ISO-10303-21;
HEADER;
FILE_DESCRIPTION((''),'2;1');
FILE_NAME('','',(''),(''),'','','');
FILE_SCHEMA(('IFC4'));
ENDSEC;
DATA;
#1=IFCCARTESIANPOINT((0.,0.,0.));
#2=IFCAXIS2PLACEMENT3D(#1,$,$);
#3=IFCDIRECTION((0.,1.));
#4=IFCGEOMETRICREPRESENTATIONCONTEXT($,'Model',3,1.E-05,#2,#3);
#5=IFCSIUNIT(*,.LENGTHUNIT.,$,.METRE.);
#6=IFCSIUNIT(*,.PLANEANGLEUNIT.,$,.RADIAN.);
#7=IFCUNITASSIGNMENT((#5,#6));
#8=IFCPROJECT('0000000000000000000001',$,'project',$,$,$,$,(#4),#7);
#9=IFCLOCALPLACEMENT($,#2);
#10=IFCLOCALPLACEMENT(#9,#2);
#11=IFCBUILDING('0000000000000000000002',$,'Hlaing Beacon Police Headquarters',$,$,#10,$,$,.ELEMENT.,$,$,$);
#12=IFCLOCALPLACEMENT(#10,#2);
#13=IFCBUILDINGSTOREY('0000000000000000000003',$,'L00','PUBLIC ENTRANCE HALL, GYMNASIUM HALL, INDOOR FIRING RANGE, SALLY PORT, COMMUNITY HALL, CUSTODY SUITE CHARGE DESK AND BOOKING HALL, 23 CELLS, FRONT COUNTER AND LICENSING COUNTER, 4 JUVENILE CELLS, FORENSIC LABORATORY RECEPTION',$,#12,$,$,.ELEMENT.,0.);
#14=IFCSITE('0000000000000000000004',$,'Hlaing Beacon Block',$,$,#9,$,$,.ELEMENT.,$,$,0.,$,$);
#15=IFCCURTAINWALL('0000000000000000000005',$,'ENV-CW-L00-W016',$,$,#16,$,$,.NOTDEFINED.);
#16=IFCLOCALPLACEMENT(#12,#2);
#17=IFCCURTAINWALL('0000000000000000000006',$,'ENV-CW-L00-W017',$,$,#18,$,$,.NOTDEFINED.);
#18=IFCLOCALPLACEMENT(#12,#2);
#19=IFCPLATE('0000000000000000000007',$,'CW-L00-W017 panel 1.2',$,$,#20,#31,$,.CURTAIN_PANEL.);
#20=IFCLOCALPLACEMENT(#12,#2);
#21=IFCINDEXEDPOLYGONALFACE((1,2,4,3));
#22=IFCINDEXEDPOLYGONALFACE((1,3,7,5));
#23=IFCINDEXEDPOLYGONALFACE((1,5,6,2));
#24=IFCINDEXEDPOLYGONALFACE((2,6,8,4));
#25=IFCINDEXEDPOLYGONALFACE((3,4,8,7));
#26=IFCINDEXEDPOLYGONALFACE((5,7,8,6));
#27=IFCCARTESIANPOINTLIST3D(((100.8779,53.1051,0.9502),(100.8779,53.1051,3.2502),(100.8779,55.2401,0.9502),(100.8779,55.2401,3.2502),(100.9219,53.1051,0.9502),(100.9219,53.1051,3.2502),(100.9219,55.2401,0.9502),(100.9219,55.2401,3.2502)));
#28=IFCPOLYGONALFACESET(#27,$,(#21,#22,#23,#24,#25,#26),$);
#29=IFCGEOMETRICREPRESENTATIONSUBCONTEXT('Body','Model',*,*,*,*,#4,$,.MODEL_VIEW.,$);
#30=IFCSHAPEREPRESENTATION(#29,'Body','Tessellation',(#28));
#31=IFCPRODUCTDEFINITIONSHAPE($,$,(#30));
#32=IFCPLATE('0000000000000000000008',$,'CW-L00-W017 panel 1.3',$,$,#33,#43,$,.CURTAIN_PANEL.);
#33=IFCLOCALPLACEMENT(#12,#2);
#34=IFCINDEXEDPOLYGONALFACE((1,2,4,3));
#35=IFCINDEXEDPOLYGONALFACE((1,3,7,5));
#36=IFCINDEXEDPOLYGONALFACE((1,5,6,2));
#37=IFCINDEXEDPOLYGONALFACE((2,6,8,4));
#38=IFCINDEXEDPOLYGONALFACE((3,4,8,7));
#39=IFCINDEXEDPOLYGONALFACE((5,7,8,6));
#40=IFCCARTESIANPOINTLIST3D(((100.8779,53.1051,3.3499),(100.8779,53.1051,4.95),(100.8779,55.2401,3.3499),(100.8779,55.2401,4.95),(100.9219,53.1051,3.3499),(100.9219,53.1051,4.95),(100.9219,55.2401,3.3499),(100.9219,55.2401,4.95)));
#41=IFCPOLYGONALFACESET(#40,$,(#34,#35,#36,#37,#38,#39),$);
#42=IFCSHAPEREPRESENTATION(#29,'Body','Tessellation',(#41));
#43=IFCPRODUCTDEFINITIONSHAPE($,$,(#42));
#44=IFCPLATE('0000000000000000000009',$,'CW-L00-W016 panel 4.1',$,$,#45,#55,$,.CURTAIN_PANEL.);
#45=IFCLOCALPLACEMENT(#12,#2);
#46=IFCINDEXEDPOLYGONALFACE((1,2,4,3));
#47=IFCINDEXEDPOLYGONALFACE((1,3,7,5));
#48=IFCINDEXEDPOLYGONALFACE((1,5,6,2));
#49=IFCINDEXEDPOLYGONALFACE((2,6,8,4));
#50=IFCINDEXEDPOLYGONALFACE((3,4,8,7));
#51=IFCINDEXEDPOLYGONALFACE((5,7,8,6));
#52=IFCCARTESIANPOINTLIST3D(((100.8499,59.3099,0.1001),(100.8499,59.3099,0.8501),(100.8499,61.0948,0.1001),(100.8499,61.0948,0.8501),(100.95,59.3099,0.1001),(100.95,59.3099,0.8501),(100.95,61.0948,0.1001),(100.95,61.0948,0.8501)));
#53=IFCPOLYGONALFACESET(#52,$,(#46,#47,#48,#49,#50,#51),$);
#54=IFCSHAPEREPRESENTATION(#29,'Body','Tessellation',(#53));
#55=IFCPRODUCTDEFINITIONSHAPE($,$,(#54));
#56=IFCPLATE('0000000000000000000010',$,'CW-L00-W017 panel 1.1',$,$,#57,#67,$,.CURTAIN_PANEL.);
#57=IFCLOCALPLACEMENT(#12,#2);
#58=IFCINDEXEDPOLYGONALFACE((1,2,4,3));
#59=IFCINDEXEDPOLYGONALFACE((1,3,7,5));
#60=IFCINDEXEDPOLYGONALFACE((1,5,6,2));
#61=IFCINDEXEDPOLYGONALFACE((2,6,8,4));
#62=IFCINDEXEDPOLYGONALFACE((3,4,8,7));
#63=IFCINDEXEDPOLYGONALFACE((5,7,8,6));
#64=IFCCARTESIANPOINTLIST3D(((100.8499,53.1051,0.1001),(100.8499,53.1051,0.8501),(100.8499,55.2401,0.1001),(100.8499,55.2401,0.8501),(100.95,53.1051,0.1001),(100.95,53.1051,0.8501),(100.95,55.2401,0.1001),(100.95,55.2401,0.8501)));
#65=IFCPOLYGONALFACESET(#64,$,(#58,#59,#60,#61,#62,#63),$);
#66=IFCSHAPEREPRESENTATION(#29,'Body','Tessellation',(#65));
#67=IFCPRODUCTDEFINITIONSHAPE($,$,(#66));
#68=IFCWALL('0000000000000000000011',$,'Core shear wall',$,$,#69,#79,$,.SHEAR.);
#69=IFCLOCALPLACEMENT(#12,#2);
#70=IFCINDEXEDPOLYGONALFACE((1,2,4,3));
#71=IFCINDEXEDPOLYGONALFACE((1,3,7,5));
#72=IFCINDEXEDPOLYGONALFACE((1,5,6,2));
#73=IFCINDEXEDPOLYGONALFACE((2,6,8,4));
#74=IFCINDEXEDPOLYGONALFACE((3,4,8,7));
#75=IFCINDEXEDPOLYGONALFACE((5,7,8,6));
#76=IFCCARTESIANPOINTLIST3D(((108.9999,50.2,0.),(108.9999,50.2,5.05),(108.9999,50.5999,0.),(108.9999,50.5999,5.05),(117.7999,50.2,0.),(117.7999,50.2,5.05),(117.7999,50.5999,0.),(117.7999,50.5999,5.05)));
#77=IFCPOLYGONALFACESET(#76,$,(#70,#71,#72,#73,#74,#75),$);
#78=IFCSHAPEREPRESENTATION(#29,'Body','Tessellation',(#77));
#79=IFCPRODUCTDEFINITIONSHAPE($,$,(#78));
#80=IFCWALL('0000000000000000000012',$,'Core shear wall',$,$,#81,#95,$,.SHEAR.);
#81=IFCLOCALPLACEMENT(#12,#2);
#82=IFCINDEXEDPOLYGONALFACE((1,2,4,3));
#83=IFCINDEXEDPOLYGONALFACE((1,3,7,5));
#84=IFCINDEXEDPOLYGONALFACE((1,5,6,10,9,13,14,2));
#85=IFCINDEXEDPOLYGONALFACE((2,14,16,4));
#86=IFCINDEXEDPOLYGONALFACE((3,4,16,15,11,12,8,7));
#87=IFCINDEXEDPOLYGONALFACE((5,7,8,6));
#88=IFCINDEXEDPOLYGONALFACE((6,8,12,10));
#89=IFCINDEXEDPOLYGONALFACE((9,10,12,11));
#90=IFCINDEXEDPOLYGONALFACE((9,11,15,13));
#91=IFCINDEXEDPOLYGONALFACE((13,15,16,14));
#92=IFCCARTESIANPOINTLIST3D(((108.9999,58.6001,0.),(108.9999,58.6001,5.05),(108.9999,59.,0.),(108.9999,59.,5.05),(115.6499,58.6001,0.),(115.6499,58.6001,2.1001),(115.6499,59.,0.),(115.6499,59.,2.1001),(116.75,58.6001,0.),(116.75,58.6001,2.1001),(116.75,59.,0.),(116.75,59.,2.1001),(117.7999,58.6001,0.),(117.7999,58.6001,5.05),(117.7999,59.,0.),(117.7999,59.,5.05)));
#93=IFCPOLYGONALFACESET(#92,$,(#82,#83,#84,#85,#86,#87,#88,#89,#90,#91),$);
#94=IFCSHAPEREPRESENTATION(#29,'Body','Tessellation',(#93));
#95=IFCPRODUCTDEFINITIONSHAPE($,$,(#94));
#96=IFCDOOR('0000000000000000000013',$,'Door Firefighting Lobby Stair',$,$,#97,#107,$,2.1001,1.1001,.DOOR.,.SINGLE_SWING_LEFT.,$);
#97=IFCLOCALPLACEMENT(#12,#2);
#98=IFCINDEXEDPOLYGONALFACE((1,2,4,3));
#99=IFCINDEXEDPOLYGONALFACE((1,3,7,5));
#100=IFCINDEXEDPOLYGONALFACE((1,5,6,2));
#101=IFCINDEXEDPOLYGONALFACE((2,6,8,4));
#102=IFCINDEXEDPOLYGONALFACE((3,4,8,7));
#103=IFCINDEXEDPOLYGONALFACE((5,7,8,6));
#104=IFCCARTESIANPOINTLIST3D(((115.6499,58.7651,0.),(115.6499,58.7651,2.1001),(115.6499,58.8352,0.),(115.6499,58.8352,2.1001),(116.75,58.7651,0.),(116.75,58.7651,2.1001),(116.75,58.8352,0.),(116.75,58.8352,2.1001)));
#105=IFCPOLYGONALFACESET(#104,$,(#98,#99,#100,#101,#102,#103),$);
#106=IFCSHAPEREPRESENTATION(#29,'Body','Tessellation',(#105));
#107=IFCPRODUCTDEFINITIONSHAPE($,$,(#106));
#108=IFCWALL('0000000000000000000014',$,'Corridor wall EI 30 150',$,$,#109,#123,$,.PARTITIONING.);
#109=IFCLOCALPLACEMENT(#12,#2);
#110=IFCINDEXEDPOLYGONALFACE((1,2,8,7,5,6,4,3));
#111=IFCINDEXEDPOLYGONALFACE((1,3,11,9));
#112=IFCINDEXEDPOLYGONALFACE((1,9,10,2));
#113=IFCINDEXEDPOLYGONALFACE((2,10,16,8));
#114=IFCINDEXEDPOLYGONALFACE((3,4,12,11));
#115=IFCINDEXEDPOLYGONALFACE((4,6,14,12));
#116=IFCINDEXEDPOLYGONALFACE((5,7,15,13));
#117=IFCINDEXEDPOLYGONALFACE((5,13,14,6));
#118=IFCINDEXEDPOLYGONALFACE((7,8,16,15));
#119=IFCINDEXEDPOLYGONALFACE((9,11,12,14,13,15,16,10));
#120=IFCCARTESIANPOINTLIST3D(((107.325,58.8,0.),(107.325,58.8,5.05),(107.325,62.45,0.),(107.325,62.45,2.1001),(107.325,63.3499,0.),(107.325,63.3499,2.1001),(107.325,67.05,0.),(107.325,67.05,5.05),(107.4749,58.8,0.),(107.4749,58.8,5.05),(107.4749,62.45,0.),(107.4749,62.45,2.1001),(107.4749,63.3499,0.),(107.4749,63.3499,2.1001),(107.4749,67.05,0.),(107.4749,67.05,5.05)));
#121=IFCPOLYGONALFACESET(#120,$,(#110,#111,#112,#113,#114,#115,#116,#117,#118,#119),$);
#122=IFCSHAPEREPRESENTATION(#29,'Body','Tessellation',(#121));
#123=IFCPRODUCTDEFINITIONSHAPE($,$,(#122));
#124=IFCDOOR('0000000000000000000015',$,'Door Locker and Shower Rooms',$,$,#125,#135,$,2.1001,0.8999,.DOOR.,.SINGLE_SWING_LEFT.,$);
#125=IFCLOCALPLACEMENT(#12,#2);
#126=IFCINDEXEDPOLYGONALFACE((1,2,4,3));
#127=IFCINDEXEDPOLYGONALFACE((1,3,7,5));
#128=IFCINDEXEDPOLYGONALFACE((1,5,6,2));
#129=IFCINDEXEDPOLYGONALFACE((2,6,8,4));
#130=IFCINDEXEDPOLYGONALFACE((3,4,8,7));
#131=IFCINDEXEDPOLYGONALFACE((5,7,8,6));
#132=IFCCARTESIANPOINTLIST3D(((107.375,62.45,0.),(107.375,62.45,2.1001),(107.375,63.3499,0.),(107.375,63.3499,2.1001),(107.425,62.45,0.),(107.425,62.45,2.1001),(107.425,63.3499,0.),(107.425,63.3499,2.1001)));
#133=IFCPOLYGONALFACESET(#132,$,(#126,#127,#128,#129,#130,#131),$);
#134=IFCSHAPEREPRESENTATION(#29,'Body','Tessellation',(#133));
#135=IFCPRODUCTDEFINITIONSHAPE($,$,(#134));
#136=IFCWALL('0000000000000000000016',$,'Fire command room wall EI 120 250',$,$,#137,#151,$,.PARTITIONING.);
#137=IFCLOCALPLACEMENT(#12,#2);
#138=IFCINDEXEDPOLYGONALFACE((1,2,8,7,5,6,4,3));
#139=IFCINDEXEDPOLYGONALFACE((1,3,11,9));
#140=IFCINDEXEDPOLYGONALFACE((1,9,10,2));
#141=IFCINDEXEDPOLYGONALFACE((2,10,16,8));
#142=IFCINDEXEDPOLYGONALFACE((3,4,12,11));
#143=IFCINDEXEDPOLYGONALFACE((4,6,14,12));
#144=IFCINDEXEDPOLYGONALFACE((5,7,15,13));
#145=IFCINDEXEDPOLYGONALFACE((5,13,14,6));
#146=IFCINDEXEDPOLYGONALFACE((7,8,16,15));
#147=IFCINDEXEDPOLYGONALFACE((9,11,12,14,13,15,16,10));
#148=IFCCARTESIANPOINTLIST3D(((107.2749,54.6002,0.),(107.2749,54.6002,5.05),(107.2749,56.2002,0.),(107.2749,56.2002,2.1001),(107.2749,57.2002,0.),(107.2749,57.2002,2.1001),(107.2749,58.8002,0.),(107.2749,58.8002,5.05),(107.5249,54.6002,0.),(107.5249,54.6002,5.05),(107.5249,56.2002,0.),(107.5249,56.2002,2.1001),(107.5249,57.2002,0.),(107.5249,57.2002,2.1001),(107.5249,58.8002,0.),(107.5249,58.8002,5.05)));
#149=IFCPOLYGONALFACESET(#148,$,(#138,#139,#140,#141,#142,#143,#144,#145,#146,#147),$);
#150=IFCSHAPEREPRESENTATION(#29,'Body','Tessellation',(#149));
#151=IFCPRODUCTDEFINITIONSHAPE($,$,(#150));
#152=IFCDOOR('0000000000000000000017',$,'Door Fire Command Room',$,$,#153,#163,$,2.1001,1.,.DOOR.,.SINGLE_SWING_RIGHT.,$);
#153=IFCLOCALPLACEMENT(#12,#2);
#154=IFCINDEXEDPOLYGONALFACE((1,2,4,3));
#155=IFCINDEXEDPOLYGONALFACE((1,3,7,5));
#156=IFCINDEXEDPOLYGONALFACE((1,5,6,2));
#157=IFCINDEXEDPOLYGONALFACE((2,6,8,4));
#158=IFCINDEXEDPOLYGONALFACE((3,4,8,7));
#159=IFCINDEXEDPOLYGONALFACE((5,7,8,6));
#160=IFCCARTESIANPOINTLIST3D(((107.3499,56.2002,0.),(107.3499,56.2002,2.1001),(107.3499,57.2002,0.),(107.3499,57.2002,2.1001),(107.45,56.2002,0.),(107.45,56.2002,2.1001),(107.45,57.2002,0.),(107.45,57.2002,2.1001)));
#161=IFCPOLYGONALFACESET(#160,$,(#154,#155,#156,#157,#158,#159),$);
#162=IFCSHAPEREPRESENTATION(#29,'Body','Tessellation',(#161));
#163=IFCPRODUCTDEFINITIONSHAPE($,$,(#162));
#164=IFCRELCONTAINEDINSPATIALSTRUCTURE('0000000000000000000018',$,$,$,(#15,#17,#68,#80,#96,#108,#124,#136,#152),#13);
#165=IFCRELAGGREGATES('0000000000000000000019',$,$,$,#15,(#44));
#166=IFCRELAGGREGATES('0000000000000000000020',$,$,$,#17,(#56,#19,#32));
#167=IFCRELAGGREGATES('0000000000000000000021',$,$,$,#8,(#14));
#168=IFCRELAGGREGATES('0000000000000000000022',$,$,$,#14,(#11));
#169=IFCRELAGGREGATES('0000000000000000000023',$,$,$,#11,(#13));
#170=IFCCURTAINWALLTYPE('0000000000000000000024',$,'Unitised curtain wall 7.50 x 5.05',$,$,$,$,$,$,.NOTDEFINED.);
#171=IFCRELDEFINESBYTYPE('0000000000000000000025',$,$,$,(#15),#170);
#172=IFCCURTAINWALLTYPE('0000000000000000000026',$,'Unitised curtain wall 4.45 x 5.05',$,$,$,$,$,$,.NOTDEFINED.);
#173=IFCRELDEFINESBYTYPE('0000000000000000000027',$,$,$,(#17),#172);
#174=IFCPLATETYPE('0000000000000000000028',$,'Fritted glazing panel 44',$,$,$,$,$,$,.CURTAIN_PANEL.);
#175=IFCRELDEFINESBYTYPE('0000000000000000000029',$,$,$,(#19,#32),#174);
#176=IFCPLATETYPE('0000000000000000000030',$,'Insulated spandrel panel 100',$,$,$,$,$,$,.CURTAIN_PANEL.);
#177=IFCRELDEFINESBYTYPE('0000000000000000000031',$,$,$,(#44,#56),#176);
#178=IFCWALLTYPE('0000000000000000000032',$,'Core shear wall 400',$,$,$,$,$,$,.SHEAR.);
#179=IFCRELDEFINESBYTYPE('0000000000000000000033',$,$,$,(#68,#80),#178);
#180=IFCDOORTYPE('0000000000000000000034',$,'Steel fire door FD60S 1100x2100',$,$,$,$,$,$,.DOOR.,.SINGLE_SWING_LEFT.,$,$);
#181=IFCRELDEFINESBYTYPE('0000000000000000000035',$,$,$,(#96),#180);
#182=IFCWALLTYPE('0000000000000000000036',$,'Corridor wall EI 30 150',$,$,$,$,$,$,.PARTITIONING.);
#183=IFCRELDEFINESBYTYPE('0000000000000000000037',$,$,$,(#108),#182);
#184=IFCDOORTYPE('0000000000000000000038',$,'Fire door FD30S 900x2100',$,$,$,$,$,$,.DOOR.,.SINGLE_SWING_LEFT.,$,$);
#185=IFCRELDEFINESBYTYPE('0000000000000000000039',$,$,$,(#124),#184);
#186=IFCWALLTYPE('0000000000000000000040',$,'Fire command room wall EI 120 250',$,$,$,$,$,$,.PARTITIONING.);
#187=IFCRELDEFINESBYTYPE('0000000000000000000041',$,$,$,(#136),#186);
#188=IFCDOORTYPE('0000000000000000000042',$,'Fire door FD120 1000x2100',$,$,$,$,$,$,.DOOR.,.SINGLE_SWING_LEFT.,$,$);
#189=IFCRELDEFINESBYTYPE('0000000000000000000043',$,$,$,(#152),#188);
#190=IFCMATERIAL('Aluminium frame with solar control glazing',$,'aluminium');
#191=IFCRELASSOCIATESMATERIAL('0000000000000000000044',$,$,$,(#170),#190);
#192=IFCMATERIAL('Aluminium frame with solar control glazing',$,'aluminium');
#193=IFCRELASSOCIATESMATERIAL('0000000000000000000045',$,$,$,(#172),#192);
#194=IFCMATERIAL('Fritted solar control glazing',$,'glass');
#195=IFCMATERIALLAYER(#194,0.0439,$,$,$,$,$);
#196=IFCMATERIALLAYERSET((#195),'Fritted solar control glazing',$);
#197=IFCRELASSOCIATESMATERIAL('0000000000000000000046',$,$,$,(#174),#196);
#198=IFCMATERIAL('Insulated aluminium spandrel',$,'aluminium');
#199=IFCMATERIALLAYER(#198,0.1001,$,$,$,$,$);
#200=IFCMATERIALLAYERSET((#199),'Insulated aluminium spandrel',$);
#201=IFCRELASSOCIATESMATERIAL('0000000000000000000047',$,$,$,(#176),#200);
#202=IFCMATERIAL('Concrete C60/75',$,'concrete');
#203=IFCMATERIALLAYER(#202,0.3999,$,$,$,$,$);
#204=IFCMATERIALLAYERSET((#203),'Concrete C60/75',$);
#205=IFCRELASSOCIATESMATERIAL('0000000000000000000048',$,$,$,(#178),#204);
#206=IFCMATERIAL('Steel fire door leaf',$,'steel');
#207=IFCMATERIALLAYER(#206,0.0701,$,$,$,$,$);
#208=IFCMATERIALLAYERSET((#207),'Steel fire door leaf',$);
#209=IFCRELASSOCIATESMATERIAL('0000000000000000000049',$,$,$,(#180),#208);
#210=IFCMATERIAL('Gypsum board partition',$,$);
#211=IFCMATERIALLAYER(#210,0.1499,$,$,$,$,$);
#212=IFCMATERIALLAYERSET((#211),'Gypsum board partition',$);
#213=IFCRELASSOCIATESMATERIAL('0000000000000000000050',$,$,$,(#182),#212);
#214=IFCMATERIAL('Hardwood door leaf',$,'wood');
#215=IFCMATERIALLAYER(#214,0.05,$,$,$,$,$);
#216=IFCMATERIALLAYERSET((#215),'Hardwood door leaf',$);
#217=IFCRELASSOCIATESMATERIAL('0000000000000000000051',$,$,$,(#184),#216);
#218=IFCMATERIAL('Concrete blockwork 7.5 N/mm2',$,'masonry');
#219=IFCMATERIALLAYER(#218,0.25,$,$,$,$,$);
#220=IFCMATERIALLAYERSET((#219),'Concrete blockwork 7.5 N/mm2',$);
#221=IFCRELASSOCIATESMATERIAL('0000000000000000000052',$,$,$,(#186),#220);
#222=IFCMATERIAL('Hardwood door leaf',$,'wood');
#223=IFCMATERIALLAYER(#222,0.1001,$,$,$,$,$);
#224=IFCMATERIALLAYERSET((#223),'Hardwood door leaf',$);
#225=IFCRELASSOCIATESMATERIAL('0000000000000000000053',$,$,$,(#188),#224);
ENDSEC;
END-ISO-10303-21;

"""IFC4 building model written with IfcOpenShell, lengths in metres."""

from ifc_helpers import new_model, si_unit, direction, frame, frame_2d, origin, origin_2d, place, context, subcontext, project, spatial, rectangle, extrude, material, layer, layer_set, type_object, element, fill, aggregate, save


model = new_model("IFC4")

# Units and contexts
model_context = context("Model", 3, precision=1e-05, world=origin(), true_north=direction((0.0, 1.0)))
body_context = subcontext(model_context, "Body", "Model", "MODEL_VIEW")
ifc_project = project(units=[si_unit("LENGTHUNIT", "METRE"), si_unit("PLANEANGLEUNIT", "RADIAN")], contexts=[model_context])

# Site, building, storey
site_placement = place(None, origin())
site = spatial("IfcSite", under=ifc_project, at=site_placement, Name="Hlaing Beacon Block", CompositionType="ELEMENT", RefElevation=0.0)
building_placement = place(site_placement, origin())
building = spatial("IfcBuilding", under=site, at=building_placement, Name="Hlaing Beacon Police Headquarters", CompositionType="ELEMENT")
storey_placement = place(building_placement, origin())
storey = spatial("IfcBuildingStorey", under=building, at=storey_placement, Name="L00", Description="PUBLIC ENTRANCE HALL, GYMNASIUM HALL, INDOOR FIRING RANGE, SALLY PORT, COMMUNITY HALL, CUSTODY SUITE CHARGE DESK AND BOOKING HALL, 23 CELLS, FRONT COUNTER AND LICENSING COUNTER, 4 JUVENILE CELLS, FORENSIC LABORATORY RECEPTION", CompositionType="ELEMENT", Elevation=0.0)

# Curtain wall
ifc_material_1 = material(Name="Aluminium frame with solar control glazing", Category="aluminium")
curtain_wall_type_1 = type_object("IfcCurtainWallType", Name="Unitised curtain wall 7.50 x 5.05", PredefinedType="NOTDEFINED", material=ifc_material_1)
curtain_wall_1_placement = place(storey_placement, origin())
curtain_wall_1 = element("IfcCurtainWall", 1, at=curtain_wall_1_placement, inside=storey, type_object=curtain_wall_type_1, Name="ENV-CW-L00-W016", PredefinedType="NOTDEFINED")

# Curtain wall
ifc_material_2 = material(Name="Aluminium frame with solar control glazing", Category="aluminium")
curtain_wall_type_2 = type_object("IfcCurtainWallType", Name="Unitised curtain wall 4.45 x 5.05", PredefinedType="NOTDEFINED", material=ifc_material_2)
curtain_wall_2_placement = place(storey_placement, origin())
curtain_wall_2 = element("IfcCurtainWall", 2, at=curtain_wall_2_placement, inside=storey, type_object=curtain_wall_type_2, Name="ENV-CW-L00-W017", PredefinedType="NOTDEFINED")

# Plates
ifc_material_3 = material(Name="Fritted solar control glazing", Category="glass")
ifc_layer_1 = layer(ifc_material_3, 0.0439)
ifc_layer_set_1 = layer_set([ifc_layer_1], Name="Fritted solar control glazing")
plate_type_1 = type_object("IfcPlateType", Name="Fritted glazing panel 44", PredefinedType="CURTAIN_PANEL", material=ifc_layer_set_1)
plate_1_placement = place(storey_placement, frame((100.8999, 54.1726, 0.9502), z_axis=(0.0, 0.0, 1.0), x_axis=(0.0, -1.0, 0.0)))
plate_1 = element("IfcPlate", 3, at=plate_1_placement, type_object=plate_type_1, Name="CW-L00-W017 panel 1.2", PredefinedType="CURTAIN_PANEL", context=body_context, shape_type="SweptSolid", body=[
    extrude(rectangle(XDim=2.135, YDim=0.0439, at=origin_2d()), origin(), (0.0, 0.0, 1.0), 2.3),
])
plate_2_placement = place(storey_placement, frame((100.8999, 54.1726, 3.3499), z_axis=(0.0, 0.0, 1.0), x_axis=(0.0, -1.0, 0.0)))
plate_2 = element("IfcPlate", 4, at=plate_2_placement, type_object=plate_type_1, Name="CW-L00-W017 panel 1.3", PredefinedType="CURTAIN_PANEL", context=body_context, shape_type="SweptSolid", body=[
    extrude(rectangle(XDim=2.135, YDim=0.0439, at=origin_2d()), origin(), (0.0, 0.0, 1.0), 1.6001),
])
ifc_material_4 = material(Name="Insulated aluminium spandrel", Category="aluminium")
ifc_layer_2 = layer(ifc_material_4, 0.1001)
ifc_layer_set_2 = layer_set([ifc_layer_2], Name="Insulated aluminium spandrel")
plate_type_2 = type_object("IfcPlateType", Name="Insulated spandrel panel 100", PredefinedType="CURTAIN_PANEL", material=ifc_layer_set_2)
plate_3_placement = place(storey_placement, frame((100.8999, 60.2024, 0.1001), z_axis=(0.0, 0.0, 1.0), x_axis=(0.0, -1.0, 0.0)))
plate_3 = element("IfcPlate", 5, at=plate_3_placement, type_object=plate_type_2, Name="CW-L00-W016 panel 4.1", PredefinedType="CURTAIN_PANEL", context=body_context, shape_type="SweptSolid", body=[
    extrude(rectangle(XDim=1.7849, YDim=0.1001, at=origin_2d()), origin(), (0.0, 0.0, 1.0), 0.75),
])
aggregate(curtain_wall_1, [plate_3])
plate_4_placement = place(storey_placement, frame((100.8999, 54.1726, 0.1001), z_axis=(0.0, 0.0, 1.0), x_axis=(0.0, -1.0, 0.0)))
plate_4 = element("IfcPlate", 6, at=plate_4_placement, type_object=plate_type_2, Name="CW-L00-W017 panel 1.1", PredefinedType="CURTAIN_PANEL", context=body_context, shape_type="SweptSolid", body=[
    extrude(rectangle(XDim=2.135, YDim=0.1001, at=origin_2d()), origin(), (0.0, 0.0, 1.0), 0.75),
])
aggregate(curtain_wall_2, [plate_4, plate_1, plate_2])

# Wall
ifc_material_5 = material(Name="Concrete C60/75", Category="concrete")
ifc_layer_3 = layer(ifc_material_5, 0.3999)
ifc_layer_set_3 = layer_set([ifc_layer_3], Name="Concrete C60/75")
wall_type_1 = type_object("IfcWallType", Name="Core shear wall 400", PredefinedType="SHEAR", material=ifc_layer_set_3)
wall_1_placement = place(storey_placement, frame((109.0, 50.3999, 0.0), z_axis=(0.0, 0.0, 1.0), x_axis=(1.0, 0.0, 0.0)))
element("IfcWall", 7, at=wall_1_placement, inside=storey, type_object=wall_type_1, Name="Core shear wall", PredefinedType="SHEAR", context=body_context, shape_type="SweptSolid", body=[
    extrude(rectangle(XDim=8.8, YDim=0.3999, at=frame_2d((4.3999, 0.0))), origin(), (0.0, 0.0, 1.0), 5.05),
])

# Walls, openings, doors
wall_2_placement = place(storey_placement, frame((109.0, 58.8, 0.0), z_axis=(0.0, 0.0, 1.0), x_axis=(1.0, 0.0, 0.0)))
wall_2 = element("IfcWall", 8, at=wall_2_placement, inside=storey, type_object=wall_type_1, Name="Core shear wall", PredefinedType="SHEAR", context=body_context, shape_type="SweptSolid", body=[
    extrude(rectangle(XDim=8.8, YDim=0.3999, at=frame_2d((4.3999, 0.0))), origin(), (0.0, 0.0, 1.0), 5.05),
])
opening_1_placement = place(wall_2_placement, frame((6.6499, 0.0, 0.0)))
opening_1 = element("IfcOpeningElement", 9, at=opening_1_placement, cuts=wall_2, PredefinedType="OPENING", context=body_context, shape_type="SweptSolid", body=[
    extrude(rectangle(XDim=1.1001, YDim=2.1001, at=frame_2d((0.55, 1.05))), frame((0.0, 0.21, 0.0), z_axis=(0.0, -1.0, 0.0), x_axis=(1.0, 0.0, 0.0)), (0.0, 0.0, 1.0), 0.4199),
])
ifc_material_6 = material(Name="Steel fire door leaf", Category="steel")
ifc_layer_4 = layer(ifc_material_6, 0.0701)
ifc_layer_set_4 = layer_set([ifc_layer_4], Name="Steel fire door leaf")
door_type_1 = type_object("IfcDoorType", Name="Steel fire door FD60S 1100x2100", OperationType="SINGLE_SWING_LEFT", PredefinedType="DOOR", material=ifc_layer_set_4)
door_1_placement = place(opening_1_placement, origin())
door_1 = element("IfcDoor", 10, at=door_1_placement, inside=storey, type_object=door_type_1, Name="Door Firefighting Lobby Stair", OperationType="SINGLE_SWING_LEFT", OverallHeight=2.1001, OverallWidth=1.1001, PredefinedType="DOOR", context=body_context, shape_type="SweptSolid", body=[
    extrude(rectangle(XDim=1.1001, YDim=2.1001, at=frame_2d((0.55, 1.05))), frame((0.0, 0.0352, 0.0), z_axis=(0.0, -1.0, 0.0), x_axis=(1.0, 0.0, 0.0)), (0.0, 0.0, 1.0), 0.0701),
])
fill(opening_1, door_1)
ifc_material_7 = material(Name="Gypsum board partition")
ifc_layer_5 = layer(ifc_material_7, 0.1499)
ifc_layer_set_5 = layer_set([ifc_layer_5], Name="Gypsum board partition")
wall_type_2 = type_object("IfcWallType", Name="Corridor wall EI 30 150", PredefinedType="PARTITIONING", material=ifc_layer_set_5)
wall_3_placement = place(storey_placement, frame((107.3999, 58.8, 0.0), z_axis=(0.0, 0.0, 1.0), x_axis=(0.0, 1.0, 0.0)))
wall_3 = element("IfcWall", 11, at=wall_3_placement, inside=storey, type_object=wall_type_2, Name="Corridor wall EI 30 150", PredefinedType="PARTITIONING", context=body_context, shape_type="SweptSolid", body=[
    extrude(rectangle(XDim=8.25, YDim=0.1499, at=frame_2d((4.125, 0.0))), origin(), (0.0, 0.0, 1.0), 5.05),
])
opening_2_placement = place(wall_3_placement, frame((3.6499, 0.0, 0.0)))
opening_2 = element("IfcOpeningElement", 12, at=opening_2_placement, cuts=wall_3, PredefinedType="OPENING", context=body_context, shape_type="SweptSolid", body=[
    extrude(rectangle(XDim=0.8999, YDim=2.1001, at=frame_2d((0.45, 1.05))), frame((0.0, 0.085, 0.0), z_axis=(0.0, -1.0, 0.0), x_axis=(1.0, 0.0, 0.0)), (0.0, 0.0, 1.0), 0.1699),
])
ifc_material_8 = material(Name="Hardwood door leaf", Category="wood")
ifc_layer_6 = layer(ifc_material_8, 0.05)
ifc_layer_set_6 = layer_set([ifc_layer_6], Name="Hardwood door leaf")
door_type_2 = type_object("IfcDoorType", Name="Fire door FD30S 900x2100", OperationType="SINGLE_SWING_LEFT", PredefinedType="DOOR", material=ifc_layer_set_6)
door_2_placement = place(opening_2_placement, origin())
door_2 = element("IfcDoor", 13, at=door_2_placement, inside=storey, type_object=door_type_2, Name="Door Locker and Shower Rooms", OperationType="SINGLE_SWING_LEFT", OverallHeight=2.1001, OverallWidth=0.8999, PredefinedType="DOOR", context=body_context, shape_type="SweptSolid", body=[
    extrude(rectangle(XDim=0.8999, YDim=2.1001, at=frame_2d((0.45, 1.05))), frame((0.0, 0.0249, 0.0), z_axis=(0.0, -1.0, 0.0), x_axis=(1.0, 0.0, 0.0)), (0.0, 0.0, 1.0), 0.05),
])
fill(opening_2, door_2)
ifc_material_9 = material(Name="Concrete blockwork 7.5 N/mm2", Category="masonry")
ifc_layer_7 = layer(ifc_material_9, 0.25)
ifc_layer_set_7 = layer_set([ifc_layer_7], Name="Concrete blockwork 7.5 N/mm2")
wall_type_3 = type_object("IfcWallType", Name="Fire command room wall EI 120 250", PredefinedType="PARTITIONING", material=ifc_layer_set_7)
wall_4_placement = place(storey_placement, frame((107.3999, 54.6001, 0.0), z_axis=(0.0, 0.0, 1.0), x_axis=(0.0, 1.0, 0.0)))
wall_4 = element("IfcWall", 14, at=wall_4_placement, inside=storey, type_object=wall_type_3, Name="Fire command room wall EI 120 250", PredefinedType="PARTITIONING", context=body_context, shape_type="SweptSolid", body=[
    extrude(rectangle(XDim=4.2, YDim=0.25, at=frame_2d((2.1001, 0.0))), origin(), (0.0, 0.0, 1.0), 5.05),
])
opening_3_placement = place(wall_4_placement, frame((1.6001, 0.0, 0.0)))
opening_3 = element("IfcOpeningElement", 15, at=opening_3_placement, cuts=wall_4, PredefinedType="OPENING", context=body_context, shape_type="SweptSolid", body=[
    extrude(rectangle(XDim=1.0, YDim=2.1001, at=frame_2d((0.5, 1.05))), frame((0.0, 0.135, 0.0), z_axis=(0.0, -1.0, 0.0), x_axis=(1.0, 0.0, 0.0)), (0.0, 0.0, 1.0), 0.27),
])
ifc_material_10 = material(Name="Hardwood door leaf", Category="wood")
ifc_layer_8 = layer(ifc_material_10, 0.1001)
ifc_layer_set_8 = layer_set([ifc_layer_8], Name="Hardwood door leaf")
door_type_3 = type_object("IfcDoorType", Name="Fire door FD120 1000x2100", OperationType="SINGLE_SWING_LEFT", PredefinedType="DOOR", material=ifc_layer_set_8)
door_3_placement = place(opening_3_placement, origin())
door_3 = element("IfcDoor", 16, at=door_3_placement, inside=storey, type_object=door_type_3, Name="Door Fire Command Room", OperationType="SINGLE_SWING_RIGHT", OverallHeight=2.1001, OverallWidth=1.0, PredefinedType="DOOR", context=body_context, shape_type="SweptSolid", body=[
    extrude(rectangle(XDim=1.0, YDim=2.1001, at=frame_2d((0.5, 1.05))), frame((0.0, 0.05, 0.0), z_axis=(0.0, -1.0, 0.0), x_axis=(1.0, 0.0, 0.0)), (0.0, 0.0, 1.0), 0.1001),
])
fill(opening_3, door_3)

save(model, "model.ifc")
